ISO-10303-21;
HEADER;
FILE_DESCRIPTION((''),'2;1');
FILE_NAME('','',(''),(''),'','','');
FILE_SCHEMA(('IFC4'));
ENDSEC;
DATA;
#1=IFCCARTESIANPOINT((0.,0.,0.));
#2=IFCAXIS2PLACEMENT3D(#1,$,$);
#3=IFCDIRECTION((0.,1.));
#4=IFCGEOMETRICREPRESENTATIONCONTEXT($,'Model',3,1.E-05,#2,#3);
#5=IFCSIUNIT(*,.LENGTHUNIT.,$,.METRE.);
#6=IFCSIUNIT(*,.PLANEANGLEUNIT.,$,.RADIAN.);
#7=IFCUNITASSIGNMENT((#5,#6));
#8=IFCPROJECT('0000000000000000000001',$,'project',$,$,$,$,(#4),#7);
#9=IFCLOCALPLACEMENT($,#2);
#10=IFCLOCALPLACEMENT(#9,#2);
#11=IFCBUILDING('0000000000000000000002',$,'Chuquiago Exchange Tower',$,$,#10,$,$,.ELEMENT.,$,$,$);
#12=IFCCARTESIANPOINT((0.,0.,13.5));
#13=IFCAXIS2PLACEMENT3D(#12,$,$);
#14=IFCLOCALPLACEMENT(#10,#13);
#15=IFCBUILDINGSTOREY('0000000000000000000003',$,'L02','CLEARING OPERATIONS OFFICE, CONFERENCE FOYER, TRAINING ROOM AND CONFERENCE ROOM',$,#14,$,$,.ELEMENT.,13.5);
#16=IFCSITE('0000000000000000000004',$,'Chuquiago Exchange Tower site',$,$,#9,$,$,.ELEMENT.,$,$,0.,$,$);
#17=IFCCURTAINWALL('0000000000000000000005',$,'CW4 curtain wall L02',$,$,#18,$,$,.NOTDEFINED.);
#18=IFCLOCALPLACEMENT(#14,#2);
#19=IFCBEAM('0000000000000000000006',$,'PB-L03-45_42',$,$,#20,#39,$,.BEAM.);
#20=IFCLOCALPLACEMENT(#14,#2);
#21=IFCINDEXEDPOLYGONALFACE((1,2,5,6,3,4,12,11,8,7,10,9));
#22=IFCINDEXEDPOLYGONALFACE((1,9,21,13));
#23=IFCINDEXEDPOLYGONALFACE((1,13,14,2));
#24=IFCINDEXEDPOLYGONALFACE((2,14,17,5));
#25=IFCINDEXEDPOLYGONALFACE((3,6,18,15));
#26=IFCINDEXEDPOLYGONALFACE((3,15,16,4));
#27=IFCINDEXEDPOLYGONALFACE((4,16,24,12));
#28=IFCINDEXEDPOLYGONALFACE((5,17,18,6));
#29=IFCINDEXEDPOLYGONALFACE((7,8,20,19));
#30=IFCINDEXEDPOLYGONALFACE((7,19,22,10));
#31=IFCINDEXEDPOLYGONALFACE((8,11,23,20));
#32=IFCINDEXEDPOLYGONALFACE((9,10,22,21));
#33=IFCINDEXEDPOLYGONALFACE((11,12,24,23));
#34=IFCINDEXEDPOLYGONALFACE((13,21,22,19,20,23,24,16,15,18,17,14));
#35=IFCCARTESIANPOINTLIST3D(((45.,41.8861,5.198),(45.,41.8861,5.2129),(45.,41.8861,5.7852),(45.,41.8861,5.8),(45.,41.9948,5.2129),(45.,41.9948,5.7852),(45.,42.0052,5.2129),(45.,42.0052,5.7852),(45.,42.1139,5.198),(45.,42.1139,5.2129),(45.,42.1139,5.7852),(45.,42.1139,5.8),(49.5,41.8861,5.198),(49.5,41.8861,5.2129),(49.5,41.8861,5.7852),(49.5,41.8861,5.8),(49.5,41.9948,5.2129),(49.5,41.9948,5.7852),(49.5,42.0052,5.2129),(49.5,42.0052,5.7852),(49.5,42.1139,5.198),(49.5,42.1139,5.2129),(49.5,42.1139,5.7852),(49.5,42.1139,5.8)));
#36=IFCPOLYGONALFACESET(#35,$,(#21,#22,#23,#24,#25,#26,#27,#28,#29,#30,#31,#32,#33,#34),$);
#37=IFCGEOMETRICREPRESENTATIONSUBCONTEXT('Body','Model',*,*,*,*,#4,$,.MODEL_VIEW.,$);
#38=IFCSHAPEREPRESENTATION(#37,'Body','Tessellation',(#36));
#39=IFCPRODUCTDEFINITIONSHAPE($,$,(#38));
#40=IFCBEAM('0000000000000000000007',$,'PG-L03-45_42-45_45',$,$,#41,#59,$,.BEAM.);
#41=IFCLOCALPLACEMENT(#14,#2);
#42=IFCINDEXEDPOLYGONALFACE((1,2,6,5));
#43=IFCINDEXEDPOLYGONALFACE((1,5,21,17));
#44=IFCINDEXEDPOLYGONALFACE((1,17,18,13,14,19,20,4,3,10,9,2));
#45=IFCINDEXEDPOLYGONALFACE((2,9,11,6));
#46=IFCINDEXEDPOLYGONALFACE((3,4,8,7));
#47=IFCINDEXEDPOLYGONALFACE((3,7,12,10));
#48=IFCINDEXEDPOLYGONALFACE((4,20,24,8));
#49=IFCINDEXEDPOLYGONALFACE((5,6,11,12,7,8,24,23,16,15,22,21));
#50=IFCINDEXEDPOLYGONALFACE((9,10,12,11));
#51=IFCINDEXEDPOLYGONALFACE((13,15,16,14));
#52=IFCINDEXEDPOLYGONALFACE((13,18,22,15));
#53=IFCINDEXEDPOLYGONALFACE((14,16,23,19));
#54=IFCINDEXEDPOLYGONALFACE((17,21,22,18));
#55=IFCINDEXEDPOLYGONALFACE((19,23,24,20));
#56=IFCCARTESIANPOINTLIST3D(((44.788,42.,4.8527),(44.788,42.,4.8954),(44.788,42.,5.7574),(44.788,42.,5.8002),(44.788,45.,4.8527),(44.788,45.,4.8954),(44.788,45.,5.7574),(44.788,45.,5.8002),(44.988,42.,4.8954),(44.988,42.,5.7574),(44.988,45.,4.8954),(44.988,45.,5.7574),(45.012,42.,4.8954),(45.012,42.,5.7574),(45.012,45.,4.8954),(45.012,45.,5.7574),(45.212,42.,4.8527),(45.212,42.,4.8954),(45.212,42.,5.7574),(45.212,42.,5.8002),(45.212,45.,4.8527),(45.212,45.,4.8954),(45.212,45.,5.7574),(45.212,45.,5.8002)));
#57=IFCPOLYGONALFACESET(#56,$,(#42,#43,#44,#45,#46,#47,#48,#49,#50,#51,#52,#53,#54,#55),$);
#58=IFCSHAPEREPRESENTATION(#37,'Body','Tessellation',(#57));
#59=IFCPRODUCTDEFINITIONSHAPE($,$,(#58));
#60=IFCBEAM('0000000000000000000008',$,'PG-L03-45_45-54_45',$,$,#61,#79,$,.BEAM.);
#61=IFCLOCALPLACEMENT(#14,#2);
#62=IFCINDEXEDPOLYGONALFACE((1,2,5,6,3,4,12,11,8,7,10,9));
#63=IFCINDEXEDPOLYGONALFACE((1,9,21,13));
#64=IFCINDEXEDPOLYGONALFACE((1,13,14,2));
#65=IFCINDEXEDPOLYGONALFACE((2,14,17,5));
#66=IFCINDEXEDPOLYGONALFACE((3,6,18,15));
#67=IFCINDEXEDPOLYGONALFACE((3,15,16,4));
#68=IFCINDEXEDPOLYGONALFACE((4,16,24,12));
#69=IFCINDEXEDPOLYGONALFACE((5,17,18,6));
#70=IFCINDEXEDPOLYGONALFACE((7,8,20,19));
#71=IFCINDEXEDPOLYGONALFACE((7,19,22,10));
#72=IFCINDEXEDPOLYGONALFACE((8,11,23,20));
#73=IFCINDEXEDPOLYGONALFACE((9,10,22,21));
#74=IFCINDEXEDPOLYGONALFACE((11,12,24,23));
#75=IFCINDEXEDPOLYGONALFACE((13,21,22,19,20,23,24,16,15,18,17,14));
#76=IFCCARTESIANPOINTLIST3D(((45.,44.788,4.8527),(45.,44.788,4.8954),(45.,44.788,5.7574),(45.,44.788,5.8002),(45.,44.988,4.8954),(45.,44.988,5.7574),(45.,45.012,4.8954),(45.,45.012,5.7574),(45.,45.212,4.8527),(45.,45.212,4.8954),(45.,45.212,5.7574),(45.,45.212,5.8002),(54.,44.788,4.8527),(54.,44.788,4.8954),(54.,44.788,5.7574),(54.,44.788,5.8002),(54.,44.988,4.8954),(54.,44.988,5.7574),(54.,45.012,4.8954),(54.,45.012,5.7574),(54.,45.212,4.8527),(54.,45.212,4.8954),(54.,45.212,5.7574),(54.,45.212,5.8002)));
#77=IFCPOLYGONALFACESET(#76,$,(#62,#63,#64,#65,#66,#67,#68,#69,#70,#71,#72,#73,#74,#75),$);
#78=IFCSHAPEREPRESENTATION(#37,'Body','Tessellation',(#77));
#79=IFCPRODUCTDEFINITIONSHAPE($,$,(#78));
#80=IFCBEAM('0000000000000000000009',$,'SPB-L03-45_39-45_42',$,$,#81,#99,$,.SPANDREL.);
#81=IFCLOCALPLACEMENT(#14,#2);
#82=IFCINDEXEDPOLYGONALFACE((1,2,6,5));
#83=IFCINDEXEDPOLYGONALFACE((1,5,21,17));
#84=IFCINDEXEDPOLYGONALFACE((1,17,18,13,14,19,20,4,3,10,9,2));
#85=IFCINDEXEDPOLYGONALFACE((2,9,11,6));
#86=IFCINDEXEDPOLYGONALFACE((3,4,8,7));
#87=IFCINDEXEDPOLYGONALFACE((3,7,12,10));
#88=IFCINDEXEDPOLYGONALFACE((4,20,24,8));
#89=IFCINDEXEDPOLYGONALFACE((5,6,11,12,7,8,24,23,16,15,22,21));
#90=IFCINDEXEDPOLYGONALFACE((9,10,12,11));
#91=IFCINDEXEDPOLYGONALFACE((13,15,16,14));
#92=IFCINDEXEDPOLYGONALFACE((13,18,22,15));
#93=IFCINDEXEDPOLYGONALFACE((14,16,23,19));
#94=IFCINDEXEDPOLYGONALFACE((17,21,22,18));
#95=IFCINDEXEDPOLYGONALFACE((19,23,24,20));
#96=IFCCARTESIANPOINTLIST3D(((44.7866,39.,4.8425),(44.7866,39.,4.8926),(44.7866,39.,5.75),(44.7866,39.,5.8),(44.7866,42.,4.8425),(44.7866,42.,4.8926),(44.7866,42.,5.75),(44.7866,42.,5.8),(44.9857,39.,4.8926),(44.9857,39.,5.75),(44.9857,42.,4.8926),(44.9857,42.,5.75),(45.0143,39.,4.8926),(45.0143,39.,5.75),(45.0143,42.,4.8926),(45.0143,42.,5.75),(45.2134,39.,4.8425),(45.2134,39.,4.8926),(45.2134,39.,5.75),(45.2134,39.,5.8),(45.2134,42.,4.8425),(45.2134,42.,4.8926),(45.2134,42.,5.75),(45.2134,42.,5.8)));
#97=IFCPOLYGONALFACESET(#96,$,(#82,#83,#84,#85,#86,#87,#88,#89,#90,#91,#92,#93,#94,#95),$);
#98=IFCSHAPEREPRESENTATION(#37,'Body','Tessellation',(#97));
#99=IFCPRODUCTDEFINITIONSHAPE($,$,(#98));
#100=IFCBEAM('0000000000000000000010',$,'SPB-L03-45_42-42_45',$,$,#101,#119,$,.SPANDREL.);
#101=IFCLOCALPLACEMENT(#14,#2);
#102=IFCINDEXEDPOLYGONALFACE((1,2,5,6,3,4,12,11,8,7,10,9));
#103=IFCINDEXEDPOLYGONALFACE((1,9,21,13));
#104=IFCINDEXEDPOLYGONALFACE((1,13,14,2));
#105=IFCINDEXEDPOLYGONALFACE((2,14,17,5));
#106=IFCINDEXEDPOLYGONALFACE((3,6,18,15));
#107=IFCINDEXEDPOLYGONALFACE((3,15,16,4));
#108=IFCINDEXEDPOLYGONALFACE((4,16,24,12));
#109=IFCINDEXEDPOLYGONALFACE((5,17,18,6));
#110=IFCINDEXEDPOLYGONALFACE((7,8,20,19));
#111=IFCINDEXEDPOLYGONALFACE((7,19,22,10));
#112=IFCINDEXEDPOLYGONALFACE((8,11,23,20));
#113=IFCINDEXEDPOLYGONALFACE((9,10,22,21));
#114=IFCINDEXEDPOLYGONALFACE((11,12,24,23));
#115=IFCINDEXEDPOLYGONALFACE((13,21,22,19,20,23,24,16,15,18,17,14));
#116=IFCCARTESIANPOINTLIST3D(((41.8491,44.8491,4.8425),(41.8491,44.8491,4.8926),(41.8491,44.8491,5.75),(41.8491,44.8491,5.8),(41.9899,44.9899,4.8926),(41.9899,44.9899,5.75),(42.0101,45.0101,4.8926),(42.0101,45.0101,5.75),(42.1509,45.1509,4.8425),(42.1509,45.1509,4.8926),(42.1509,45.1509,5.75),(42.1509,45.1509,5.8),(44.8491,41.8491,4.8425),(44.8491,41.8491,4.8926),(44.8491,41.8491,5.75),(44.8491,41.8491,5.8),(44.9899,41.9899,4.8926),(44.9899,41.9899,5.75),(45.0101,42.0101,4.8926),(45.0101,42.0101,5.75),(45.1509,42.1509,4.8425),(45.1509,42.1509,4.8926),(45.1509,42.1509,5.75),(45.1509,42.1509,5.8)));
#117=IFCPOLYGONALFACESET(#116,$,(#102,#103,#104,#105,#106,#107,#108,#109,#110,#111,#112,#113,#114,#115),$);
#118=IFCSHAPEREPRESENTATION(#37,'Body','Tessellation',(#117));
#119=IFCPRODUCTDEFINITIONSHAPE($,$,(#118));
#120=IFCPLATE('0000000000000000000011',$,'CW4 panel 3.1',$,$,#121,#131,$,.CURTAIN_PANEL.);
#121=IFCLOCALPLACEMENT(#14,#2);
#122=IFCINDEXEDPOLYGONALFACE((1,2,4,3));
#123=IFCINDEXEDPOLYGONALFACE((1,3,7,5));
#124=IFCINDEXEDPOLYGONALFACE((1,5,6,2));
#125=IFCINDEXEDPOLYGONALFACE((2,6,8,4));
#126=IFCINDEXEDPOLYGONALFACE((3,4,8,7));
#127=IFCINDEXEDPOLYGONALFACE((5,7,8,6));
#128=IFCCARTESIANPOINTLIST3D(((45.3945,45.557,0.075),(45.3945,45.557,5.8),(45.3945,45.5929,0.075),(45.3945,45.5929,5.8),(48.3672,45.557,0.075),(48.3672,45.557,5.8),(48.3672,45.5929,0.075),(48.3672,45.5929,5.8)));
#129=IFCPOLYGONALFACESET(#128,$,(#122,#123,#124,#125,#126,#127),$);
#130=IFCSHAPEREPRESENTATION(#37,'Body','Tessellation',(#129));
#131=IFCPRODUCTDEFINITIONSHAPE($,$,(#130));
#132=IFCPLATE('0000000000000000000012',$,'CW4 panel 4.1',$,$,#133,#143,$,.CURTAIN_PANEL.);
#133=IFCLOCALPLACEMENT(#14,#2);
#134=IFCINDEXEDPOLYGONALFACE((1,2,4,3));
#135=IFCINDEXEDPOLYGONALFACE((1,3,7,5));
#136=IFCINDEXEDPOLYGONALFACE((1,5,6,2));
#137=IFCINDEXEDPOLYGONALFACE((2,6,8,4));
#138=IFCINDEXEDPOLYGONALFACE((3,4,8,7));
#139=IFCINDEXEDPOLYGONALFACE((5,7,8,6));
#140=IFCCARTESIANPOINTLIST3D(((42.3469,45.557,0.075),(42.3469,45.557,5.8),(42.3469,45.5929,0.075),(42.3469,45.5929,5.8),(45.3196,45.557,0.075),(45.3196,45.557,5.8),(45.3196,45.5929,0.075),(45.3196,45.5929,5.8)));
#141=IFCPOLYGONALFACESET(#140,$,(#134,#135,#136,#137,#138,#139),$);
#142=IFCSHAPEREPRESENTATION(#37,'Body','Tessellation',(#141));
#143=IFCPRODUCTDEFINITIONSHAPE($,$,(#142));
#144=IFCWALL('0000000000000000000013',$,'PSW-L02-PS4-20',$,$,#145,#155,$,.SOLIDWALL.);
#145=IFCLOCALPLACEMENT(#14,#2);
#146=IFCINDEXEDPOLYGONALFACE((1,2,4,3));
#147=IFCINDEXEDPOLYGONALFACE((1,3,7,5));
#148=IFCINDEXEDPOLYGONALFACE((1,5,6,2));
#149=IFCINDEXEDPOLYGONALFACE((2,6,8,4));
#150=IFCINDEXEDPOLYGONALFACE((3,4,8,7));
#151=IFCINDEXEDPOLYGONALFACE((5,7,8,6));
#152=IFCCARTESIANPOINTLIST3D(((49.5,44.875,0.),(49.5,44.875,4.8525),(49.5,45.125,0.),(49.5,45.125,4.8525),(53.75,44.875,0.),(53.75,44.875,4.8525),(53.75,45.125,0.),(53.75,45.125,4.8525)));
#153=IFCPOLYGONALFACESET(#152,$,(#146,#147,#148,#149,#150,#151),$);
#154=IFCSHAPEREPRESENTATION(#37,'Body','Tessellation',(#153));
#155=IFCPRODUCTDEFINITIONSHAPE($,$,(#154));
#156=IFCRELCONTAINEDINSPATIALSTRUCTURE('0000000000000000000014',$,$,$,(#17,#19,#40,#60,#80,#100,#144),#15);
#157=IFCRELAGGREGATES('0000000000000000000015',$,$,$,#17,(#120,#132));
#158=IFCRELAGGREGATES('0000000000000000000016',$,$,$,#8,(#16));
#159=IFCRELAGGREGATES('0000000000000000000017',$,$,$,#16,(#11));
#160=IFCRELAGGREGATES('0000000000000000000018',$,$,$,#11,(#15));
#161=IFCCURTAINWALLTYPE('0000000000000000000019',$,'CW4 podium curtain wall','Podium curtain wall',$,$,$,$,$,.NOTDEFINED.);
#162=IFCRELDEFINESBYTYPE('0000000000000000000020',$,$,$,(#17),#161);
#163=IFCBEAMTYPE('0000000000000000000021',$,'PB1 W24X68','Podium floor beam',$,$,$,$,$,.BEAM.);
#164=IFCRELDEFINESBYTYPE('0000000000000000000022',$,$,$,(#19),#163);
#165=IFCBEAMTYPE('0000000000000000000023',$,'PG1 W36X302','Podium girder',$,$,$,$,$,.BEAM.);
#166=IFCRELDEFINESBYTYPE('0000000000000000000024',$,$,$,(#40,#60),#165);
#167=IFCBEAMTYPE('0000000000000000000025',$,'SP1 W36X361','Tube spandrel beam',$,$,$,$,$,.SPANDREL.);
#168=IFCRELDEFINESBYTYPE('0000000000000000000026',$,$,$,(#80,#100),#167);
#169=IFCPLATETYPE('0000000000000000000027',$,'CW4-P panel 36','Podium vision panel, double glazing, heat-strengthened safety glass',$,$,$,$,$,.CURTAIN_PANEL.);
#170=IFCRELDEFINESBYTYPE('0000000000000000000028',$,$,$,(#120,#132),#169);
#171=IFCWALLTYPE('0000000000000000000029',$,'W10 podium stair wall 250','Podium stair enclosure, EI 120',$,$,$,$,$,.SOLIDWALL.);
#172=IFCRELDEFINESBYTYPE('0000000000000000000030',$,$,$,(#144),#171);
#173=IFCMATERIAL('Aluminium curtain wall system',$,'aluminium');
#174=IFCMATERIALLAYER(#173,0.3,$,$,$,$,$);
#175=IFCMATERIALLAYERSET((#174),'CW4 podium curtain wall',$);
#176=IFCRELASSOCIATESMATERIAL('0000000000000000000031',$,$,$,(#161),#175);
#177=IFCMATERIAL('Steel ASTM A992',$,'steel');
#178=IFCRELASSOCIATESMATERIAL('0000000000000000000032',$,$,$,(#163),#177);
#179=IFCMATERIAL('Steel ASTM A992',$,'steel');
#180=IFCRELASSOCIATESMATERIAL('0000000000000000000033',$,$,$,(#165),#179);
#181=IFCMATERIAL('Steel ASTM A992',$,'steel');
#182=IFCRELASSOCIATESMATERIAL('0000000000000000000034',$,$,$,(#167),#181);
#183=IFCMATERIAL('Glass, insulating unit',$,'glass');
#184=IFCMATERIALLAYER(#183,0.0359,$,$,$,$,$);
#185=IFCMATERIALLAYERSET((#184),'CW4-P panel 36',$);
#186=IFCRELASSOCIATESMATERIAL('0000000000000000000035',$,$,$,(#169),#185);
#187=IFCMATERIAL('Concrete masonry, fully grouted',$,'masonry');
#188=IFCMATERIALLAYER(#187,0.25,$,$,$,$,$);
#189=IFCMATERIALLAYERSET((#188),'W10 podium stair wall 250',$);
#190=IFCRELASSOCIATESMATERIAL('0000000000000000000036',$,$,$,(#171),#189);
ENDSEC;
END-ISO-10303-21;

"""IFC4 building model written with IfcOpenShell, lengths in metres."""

from ifc_helpers import new_model, si_unit, direction, frame, frame_2d, origin, origin_2d, place, context, subcontext, project, spatial, rectangle, i_section, extrude, material, layer, layer_set, material_profile, profile_set, type_object, element, aggregate, save


model = new_model("IFC4")

# Units and contexts
model_context = context("Model", 3, precision=1e-05, world=origin(), true_north=direction((0.0, 1.0)))
body_context = subcontext(model_context, "Body", "Model", "MODEL_VIEW")
ifc_project = project(units=[si_unit("LENGTHUNIT", "METRE"), si_unit("PLANEANGLEUNIT", "RADIAN")], contexts=[model_context])

# Site, building, storey
site_placement = place(None, origin())
site = spatial("IfcSite", under=ifc_project, at=site_placement, Name="Chuquiago Exchange Tower site", CompositionType="ELEMENT", RefElevation=0.0)
building_placement = place(site_placement, origin())
building = spatial("IfcBuilding", under=site, at=building_placement, Name="Chuquiago Exchange Tower", CompositionType="ELEMENT")
storey_placement = place(building_placement, frame((0.0, 0.0, 13.5)))
storey = spatial("IfcBuildingStorey", under=building, at=storey_placement, Name="L02", Description="CLEARING OPERATIONS OFFICE, CONFERENCE FOYER, TRAINING ROOM AND CONFERENCE ROOM", CompositionType="ELEMENT", Elevation=13.5)

# Curtain wall
ifc_material_1 = material(Name="Aluminium curtain wall system", Category="aluminium")
ifc_layer_1 = layer(ifc_material_1, 0.3)
ifc_layer_set_1 = layer_set([ifc_layer_1], Name="CW4 podium curtain wall")
curtain_wall_type = type_object("IfcCurtainWallType", Name="CW4 podium curtain wall", Description="Podium curtain wall", PredefinedType="NOTDEFINED", material=ifc_layer_set_1)
curtain_wall_placement = place(storey_placement, origin())
curtain_wall = element("IfcCurtainWall", 1, at=curtain_wall_placement, inside=storey, type_object=curtain_wall_type, Name="CW4 curtain wall L02", PredefinedType="NOTDEFINED")

# Beams
ifc_material_2 = material(Name="Steel ASTM A992", Category="steel")
ifc_material_profile_1 = material_profile(ifc_material_2, i_section(OverallWidth=0.2278, OverallDepth=0.6021, WebThickness=0.0105, FlangeThickness=0.0149, at=origin_2d()), Name="W24X68")
ifc_profile_set_1 = profile_set([ifc_material_profile_1], Name="Steel ASTM A992")
beam_type_1 = type_object("IfcBeamType", Name="PB1 W24X68", Description="Podium floor beam", PredefinedType="BEAM", material=ifc_profile_set_1)
for number, where, z_axis, x_axis, name in (
    (2, (45.0, 42.0, 5.499), (1.0, 0.0, 0.0), (0.0, 1.0, 0.0), "PB-L03-45_42"),
):
    element("IfcBeam", number, at=place(storey_placement, frame(where, z_axis=z_axis, x_axis=x_axis)), inside=storey, type_object=beam_type_1, Name=name, PredefinedType="BEAM", context=body_context, shape_type="SweptSolid", body=[
        extrude(i_section(OverallWidth=0.2278, OverallDepth=0.6021, WebThickness=0.0105, FlangeThickness=0.0149, at=origin_2d()), origin(), (0.0, 0.0, 1.0), 4.5),
    ])
ifc_material_3 = material(Name="Steel ASTM A992", Category="steel")
ifc_material_profile_2 = material_profile(ifc_material_3, i_section(OverallWidth=0.4241, OverallDepth=0.9475, WebThickness=0.0239, FlangeThickness=0.0427, at=origin_2d()), Name="W36X302")
ifc_profile_set_2 = profile_set([ifc_material_profile_2], Name="Steel ASTM A992")
beam_type_2 = type_object("IfcBeamType", Name="PG1 W36X302", Description="Podium girder", PredefinedType="BEAM", material=ifc_profile_set_2)
beam_1_placement = place(storey_placement, frame((45.0, 42.0, 5.3264), z_axis=(0.0, 1.0, 0.0), x_axis=(-1.0, 0.0, 0.0)))
element("IfcBeam", 3, at=beam_1_placement, inside=storey, type_object=beam_type_2, Name="PG-L03-45_42-45_45", PredefinedType="BEAM", context=body_context, shape_type="SweptSolid", body=[
    extrude(i_section(OverallWidth=0.4241, OverallDepth=0.9475, WebThickness=0.0239, FlangeThickness=0.0427, at=origin_2d()), origin(), (0.0, 0.0, 1.0), 3.0),
])
beam_2_placement = place(storey_placement, frame((45.0, 45.0, 5.3264), z_axis=(1.0, 0.0, 0.0), x_axis=(0.0, 1.0, 0.0)))
element("IfcBeam", 4, at=beam_2_placement, inside=storey, type_object=beam_type_2, Name="PG-L03-45_45-54_45", PredefinedType="BEAM", context=body_context, shape_type="SweptSolid", body=[
    extrude(i_section(OverallWidth=0.4241, OverallDepth=0.9475, WebThickness=0.0239, FlangeThickness=0.0427, at=origin_2d()), origin(), (0.0, 0.0, 1.0), 9.0),
])
ifc_material_4 = material(Name="Steel ASTM A992", Category="steel")
ifc_material_profile_3 = material_profile(ifc_material_4, i_section(OverallWidth=0.4268, OverallDepth=0.9575, WebThickness=0.0286, FlangeThickness=0.05, at=origin_2d()), Name="W36X361")
ifc_profile_set_3 = profile_set([ifc_material_profile_3], Name="Steel ASTM A992")
beam_type_3 = type_object("IfcBeamType", Name="SP1 W36X361", Description="Tube spandrel beam", PredefinedType="SPANDREL", material=ifc_profile_set_3)
beam_3_placement = place(storey_placement, frame((45.0, 39.0, 5.3213), z_axis=(0.0, 1.0, 0.0), x_axis=(-1.0, 0.0, 0.0)))
element("IfcBeam", 5, at=beam_3_placement, inside=storey, type_object=beam_type_3, Name="SPB-L03-45_39-45_42", PredefinedType="SPANDREL", context=body_context, shape_type="SweptSolid", body=[
    extrude(i_section(OverallWidth=0.4268, OverallDepth=0.9575, WebThickness=0.0286, FlangeThickness=0.05, at=origin_2d()), origin(), (0.0, 0.0, 1.0), 3.0),
])
beam_4_placement = place(storey_placement, frame((45.0, 42.0, 5.3213), z_axis=(-0.707107, 0.707107, 0.0), x_axis=(-0.707107, -0.707107, 0.0)))
element("IfcBeam", 6, at=beam_4_placement, inside=storey, type_object=beam_type_3, Name="SPB-L03-45_42-42_45", PredefinedType="SPANDREL", context=body_context, shape_type="SweptSolid", body=[
    extrude(i_section(OverallWidth=0.4268, OverallDepth=0.9575, WebThickness=0.0286, FlangeThickness=0.05, at=origin_2d()), origin(), (0.0, 0.0, 1.0), 4.2427),
])

# Plates
ifc_material_5 = material(Name="Glass, insulating unit", Category="glass")
ifc_layer_2 = layer(ifc_material_5, 0.0359)
ifc_layer_set_2 = layer_set([ifc_layer_2], Name="CW4-P panel 36")
plate_type = type_object("IfcPlateType", Name="CW4-P panel 36", Description="Podium vision panel, double glazing, heat-strengthened safety glass", PredefinedType="CURTAIN_PANEL", material=ifc_layer_set_2)
plate_1_placement = place(storey_placement, frame((46.8809, 45.575, 0.075), z_axis=(0.0, 0.0, 1.0), x_axis=(-1.0, 0.0, 0.0)))
plate_1 = element("IfcPlate", 7, at=plate_1_placement, type_object=plate_type, Name="CW4 panel 3.1", PredefinedType="CURTAIN_PANEL", context=body_context, shape_type="SweptSolid", body=[
    extrude(rectangle(XDim=2.9727, YDim=0.0359, at=origin_2d()), origin(), (0.0, 0.0, 1.0), 5.7251),
])
plate_2_placement = place(storey_placement, frame((43.8333, 45.575, 0.075), z_axis=(0.0, 0.0, 1.0), x_axis=(-1.0, 0.0, 0.0)))
plate_2 = element("IfcPlate", 8, at=plate_2_placement, type_object=plate_type, Name="CW4 panel 4.1", PredefinedType="CURTAIN_PANEL", context=body_context, shape_type="SweptSolid", body=[
    extrude(rectangle(XDim=2.9727, YDim=0.0359, at=origin_2d()), origin(), (0.0, 0.0, 1.0), 5.7251),
])
aggregate(curtain_wall, [plate_1, plate_2])

# Wall
ifc_material_6 = material(Name="Concrete masonry, fully grouted", Category="masonry")
ifc_layer_3 = layer(ifc_material_6, 0.25)
ifc_layer_set_3 = layer_set([ifc_layer_3], Name="W10 podium stair wall 250")
wall_type = type_object("IfcWallType", Name="W10 podium stair wall 250", Description="Podium stair enclosure, EI 120", PredefinedType="SOLIDWALL", material=ifc_layer_set_3)
wall_placement = place(storey_placement, frame((49.5, 45.0, 0.0), z_axis=(0.0, 0.0, 1.0), x_axis=(1.0, 0.0, 0.0)))
element("IfcWall", 9, at=wall_placement, inside=storey, type_object=wall_type, Name="PSW-L02-PS4-20", PredefinedType="SOLIDWALL", context=body_context, shape_type="SweptSolid", body=[
    extrude(rectangle(XDim=4.25, YDim=0.25, at=frame_2d((2.125, 0.0))), origin(), (0.0, 0.0, 1.0), 4.8525),
])

save(model, "model.ifc")
